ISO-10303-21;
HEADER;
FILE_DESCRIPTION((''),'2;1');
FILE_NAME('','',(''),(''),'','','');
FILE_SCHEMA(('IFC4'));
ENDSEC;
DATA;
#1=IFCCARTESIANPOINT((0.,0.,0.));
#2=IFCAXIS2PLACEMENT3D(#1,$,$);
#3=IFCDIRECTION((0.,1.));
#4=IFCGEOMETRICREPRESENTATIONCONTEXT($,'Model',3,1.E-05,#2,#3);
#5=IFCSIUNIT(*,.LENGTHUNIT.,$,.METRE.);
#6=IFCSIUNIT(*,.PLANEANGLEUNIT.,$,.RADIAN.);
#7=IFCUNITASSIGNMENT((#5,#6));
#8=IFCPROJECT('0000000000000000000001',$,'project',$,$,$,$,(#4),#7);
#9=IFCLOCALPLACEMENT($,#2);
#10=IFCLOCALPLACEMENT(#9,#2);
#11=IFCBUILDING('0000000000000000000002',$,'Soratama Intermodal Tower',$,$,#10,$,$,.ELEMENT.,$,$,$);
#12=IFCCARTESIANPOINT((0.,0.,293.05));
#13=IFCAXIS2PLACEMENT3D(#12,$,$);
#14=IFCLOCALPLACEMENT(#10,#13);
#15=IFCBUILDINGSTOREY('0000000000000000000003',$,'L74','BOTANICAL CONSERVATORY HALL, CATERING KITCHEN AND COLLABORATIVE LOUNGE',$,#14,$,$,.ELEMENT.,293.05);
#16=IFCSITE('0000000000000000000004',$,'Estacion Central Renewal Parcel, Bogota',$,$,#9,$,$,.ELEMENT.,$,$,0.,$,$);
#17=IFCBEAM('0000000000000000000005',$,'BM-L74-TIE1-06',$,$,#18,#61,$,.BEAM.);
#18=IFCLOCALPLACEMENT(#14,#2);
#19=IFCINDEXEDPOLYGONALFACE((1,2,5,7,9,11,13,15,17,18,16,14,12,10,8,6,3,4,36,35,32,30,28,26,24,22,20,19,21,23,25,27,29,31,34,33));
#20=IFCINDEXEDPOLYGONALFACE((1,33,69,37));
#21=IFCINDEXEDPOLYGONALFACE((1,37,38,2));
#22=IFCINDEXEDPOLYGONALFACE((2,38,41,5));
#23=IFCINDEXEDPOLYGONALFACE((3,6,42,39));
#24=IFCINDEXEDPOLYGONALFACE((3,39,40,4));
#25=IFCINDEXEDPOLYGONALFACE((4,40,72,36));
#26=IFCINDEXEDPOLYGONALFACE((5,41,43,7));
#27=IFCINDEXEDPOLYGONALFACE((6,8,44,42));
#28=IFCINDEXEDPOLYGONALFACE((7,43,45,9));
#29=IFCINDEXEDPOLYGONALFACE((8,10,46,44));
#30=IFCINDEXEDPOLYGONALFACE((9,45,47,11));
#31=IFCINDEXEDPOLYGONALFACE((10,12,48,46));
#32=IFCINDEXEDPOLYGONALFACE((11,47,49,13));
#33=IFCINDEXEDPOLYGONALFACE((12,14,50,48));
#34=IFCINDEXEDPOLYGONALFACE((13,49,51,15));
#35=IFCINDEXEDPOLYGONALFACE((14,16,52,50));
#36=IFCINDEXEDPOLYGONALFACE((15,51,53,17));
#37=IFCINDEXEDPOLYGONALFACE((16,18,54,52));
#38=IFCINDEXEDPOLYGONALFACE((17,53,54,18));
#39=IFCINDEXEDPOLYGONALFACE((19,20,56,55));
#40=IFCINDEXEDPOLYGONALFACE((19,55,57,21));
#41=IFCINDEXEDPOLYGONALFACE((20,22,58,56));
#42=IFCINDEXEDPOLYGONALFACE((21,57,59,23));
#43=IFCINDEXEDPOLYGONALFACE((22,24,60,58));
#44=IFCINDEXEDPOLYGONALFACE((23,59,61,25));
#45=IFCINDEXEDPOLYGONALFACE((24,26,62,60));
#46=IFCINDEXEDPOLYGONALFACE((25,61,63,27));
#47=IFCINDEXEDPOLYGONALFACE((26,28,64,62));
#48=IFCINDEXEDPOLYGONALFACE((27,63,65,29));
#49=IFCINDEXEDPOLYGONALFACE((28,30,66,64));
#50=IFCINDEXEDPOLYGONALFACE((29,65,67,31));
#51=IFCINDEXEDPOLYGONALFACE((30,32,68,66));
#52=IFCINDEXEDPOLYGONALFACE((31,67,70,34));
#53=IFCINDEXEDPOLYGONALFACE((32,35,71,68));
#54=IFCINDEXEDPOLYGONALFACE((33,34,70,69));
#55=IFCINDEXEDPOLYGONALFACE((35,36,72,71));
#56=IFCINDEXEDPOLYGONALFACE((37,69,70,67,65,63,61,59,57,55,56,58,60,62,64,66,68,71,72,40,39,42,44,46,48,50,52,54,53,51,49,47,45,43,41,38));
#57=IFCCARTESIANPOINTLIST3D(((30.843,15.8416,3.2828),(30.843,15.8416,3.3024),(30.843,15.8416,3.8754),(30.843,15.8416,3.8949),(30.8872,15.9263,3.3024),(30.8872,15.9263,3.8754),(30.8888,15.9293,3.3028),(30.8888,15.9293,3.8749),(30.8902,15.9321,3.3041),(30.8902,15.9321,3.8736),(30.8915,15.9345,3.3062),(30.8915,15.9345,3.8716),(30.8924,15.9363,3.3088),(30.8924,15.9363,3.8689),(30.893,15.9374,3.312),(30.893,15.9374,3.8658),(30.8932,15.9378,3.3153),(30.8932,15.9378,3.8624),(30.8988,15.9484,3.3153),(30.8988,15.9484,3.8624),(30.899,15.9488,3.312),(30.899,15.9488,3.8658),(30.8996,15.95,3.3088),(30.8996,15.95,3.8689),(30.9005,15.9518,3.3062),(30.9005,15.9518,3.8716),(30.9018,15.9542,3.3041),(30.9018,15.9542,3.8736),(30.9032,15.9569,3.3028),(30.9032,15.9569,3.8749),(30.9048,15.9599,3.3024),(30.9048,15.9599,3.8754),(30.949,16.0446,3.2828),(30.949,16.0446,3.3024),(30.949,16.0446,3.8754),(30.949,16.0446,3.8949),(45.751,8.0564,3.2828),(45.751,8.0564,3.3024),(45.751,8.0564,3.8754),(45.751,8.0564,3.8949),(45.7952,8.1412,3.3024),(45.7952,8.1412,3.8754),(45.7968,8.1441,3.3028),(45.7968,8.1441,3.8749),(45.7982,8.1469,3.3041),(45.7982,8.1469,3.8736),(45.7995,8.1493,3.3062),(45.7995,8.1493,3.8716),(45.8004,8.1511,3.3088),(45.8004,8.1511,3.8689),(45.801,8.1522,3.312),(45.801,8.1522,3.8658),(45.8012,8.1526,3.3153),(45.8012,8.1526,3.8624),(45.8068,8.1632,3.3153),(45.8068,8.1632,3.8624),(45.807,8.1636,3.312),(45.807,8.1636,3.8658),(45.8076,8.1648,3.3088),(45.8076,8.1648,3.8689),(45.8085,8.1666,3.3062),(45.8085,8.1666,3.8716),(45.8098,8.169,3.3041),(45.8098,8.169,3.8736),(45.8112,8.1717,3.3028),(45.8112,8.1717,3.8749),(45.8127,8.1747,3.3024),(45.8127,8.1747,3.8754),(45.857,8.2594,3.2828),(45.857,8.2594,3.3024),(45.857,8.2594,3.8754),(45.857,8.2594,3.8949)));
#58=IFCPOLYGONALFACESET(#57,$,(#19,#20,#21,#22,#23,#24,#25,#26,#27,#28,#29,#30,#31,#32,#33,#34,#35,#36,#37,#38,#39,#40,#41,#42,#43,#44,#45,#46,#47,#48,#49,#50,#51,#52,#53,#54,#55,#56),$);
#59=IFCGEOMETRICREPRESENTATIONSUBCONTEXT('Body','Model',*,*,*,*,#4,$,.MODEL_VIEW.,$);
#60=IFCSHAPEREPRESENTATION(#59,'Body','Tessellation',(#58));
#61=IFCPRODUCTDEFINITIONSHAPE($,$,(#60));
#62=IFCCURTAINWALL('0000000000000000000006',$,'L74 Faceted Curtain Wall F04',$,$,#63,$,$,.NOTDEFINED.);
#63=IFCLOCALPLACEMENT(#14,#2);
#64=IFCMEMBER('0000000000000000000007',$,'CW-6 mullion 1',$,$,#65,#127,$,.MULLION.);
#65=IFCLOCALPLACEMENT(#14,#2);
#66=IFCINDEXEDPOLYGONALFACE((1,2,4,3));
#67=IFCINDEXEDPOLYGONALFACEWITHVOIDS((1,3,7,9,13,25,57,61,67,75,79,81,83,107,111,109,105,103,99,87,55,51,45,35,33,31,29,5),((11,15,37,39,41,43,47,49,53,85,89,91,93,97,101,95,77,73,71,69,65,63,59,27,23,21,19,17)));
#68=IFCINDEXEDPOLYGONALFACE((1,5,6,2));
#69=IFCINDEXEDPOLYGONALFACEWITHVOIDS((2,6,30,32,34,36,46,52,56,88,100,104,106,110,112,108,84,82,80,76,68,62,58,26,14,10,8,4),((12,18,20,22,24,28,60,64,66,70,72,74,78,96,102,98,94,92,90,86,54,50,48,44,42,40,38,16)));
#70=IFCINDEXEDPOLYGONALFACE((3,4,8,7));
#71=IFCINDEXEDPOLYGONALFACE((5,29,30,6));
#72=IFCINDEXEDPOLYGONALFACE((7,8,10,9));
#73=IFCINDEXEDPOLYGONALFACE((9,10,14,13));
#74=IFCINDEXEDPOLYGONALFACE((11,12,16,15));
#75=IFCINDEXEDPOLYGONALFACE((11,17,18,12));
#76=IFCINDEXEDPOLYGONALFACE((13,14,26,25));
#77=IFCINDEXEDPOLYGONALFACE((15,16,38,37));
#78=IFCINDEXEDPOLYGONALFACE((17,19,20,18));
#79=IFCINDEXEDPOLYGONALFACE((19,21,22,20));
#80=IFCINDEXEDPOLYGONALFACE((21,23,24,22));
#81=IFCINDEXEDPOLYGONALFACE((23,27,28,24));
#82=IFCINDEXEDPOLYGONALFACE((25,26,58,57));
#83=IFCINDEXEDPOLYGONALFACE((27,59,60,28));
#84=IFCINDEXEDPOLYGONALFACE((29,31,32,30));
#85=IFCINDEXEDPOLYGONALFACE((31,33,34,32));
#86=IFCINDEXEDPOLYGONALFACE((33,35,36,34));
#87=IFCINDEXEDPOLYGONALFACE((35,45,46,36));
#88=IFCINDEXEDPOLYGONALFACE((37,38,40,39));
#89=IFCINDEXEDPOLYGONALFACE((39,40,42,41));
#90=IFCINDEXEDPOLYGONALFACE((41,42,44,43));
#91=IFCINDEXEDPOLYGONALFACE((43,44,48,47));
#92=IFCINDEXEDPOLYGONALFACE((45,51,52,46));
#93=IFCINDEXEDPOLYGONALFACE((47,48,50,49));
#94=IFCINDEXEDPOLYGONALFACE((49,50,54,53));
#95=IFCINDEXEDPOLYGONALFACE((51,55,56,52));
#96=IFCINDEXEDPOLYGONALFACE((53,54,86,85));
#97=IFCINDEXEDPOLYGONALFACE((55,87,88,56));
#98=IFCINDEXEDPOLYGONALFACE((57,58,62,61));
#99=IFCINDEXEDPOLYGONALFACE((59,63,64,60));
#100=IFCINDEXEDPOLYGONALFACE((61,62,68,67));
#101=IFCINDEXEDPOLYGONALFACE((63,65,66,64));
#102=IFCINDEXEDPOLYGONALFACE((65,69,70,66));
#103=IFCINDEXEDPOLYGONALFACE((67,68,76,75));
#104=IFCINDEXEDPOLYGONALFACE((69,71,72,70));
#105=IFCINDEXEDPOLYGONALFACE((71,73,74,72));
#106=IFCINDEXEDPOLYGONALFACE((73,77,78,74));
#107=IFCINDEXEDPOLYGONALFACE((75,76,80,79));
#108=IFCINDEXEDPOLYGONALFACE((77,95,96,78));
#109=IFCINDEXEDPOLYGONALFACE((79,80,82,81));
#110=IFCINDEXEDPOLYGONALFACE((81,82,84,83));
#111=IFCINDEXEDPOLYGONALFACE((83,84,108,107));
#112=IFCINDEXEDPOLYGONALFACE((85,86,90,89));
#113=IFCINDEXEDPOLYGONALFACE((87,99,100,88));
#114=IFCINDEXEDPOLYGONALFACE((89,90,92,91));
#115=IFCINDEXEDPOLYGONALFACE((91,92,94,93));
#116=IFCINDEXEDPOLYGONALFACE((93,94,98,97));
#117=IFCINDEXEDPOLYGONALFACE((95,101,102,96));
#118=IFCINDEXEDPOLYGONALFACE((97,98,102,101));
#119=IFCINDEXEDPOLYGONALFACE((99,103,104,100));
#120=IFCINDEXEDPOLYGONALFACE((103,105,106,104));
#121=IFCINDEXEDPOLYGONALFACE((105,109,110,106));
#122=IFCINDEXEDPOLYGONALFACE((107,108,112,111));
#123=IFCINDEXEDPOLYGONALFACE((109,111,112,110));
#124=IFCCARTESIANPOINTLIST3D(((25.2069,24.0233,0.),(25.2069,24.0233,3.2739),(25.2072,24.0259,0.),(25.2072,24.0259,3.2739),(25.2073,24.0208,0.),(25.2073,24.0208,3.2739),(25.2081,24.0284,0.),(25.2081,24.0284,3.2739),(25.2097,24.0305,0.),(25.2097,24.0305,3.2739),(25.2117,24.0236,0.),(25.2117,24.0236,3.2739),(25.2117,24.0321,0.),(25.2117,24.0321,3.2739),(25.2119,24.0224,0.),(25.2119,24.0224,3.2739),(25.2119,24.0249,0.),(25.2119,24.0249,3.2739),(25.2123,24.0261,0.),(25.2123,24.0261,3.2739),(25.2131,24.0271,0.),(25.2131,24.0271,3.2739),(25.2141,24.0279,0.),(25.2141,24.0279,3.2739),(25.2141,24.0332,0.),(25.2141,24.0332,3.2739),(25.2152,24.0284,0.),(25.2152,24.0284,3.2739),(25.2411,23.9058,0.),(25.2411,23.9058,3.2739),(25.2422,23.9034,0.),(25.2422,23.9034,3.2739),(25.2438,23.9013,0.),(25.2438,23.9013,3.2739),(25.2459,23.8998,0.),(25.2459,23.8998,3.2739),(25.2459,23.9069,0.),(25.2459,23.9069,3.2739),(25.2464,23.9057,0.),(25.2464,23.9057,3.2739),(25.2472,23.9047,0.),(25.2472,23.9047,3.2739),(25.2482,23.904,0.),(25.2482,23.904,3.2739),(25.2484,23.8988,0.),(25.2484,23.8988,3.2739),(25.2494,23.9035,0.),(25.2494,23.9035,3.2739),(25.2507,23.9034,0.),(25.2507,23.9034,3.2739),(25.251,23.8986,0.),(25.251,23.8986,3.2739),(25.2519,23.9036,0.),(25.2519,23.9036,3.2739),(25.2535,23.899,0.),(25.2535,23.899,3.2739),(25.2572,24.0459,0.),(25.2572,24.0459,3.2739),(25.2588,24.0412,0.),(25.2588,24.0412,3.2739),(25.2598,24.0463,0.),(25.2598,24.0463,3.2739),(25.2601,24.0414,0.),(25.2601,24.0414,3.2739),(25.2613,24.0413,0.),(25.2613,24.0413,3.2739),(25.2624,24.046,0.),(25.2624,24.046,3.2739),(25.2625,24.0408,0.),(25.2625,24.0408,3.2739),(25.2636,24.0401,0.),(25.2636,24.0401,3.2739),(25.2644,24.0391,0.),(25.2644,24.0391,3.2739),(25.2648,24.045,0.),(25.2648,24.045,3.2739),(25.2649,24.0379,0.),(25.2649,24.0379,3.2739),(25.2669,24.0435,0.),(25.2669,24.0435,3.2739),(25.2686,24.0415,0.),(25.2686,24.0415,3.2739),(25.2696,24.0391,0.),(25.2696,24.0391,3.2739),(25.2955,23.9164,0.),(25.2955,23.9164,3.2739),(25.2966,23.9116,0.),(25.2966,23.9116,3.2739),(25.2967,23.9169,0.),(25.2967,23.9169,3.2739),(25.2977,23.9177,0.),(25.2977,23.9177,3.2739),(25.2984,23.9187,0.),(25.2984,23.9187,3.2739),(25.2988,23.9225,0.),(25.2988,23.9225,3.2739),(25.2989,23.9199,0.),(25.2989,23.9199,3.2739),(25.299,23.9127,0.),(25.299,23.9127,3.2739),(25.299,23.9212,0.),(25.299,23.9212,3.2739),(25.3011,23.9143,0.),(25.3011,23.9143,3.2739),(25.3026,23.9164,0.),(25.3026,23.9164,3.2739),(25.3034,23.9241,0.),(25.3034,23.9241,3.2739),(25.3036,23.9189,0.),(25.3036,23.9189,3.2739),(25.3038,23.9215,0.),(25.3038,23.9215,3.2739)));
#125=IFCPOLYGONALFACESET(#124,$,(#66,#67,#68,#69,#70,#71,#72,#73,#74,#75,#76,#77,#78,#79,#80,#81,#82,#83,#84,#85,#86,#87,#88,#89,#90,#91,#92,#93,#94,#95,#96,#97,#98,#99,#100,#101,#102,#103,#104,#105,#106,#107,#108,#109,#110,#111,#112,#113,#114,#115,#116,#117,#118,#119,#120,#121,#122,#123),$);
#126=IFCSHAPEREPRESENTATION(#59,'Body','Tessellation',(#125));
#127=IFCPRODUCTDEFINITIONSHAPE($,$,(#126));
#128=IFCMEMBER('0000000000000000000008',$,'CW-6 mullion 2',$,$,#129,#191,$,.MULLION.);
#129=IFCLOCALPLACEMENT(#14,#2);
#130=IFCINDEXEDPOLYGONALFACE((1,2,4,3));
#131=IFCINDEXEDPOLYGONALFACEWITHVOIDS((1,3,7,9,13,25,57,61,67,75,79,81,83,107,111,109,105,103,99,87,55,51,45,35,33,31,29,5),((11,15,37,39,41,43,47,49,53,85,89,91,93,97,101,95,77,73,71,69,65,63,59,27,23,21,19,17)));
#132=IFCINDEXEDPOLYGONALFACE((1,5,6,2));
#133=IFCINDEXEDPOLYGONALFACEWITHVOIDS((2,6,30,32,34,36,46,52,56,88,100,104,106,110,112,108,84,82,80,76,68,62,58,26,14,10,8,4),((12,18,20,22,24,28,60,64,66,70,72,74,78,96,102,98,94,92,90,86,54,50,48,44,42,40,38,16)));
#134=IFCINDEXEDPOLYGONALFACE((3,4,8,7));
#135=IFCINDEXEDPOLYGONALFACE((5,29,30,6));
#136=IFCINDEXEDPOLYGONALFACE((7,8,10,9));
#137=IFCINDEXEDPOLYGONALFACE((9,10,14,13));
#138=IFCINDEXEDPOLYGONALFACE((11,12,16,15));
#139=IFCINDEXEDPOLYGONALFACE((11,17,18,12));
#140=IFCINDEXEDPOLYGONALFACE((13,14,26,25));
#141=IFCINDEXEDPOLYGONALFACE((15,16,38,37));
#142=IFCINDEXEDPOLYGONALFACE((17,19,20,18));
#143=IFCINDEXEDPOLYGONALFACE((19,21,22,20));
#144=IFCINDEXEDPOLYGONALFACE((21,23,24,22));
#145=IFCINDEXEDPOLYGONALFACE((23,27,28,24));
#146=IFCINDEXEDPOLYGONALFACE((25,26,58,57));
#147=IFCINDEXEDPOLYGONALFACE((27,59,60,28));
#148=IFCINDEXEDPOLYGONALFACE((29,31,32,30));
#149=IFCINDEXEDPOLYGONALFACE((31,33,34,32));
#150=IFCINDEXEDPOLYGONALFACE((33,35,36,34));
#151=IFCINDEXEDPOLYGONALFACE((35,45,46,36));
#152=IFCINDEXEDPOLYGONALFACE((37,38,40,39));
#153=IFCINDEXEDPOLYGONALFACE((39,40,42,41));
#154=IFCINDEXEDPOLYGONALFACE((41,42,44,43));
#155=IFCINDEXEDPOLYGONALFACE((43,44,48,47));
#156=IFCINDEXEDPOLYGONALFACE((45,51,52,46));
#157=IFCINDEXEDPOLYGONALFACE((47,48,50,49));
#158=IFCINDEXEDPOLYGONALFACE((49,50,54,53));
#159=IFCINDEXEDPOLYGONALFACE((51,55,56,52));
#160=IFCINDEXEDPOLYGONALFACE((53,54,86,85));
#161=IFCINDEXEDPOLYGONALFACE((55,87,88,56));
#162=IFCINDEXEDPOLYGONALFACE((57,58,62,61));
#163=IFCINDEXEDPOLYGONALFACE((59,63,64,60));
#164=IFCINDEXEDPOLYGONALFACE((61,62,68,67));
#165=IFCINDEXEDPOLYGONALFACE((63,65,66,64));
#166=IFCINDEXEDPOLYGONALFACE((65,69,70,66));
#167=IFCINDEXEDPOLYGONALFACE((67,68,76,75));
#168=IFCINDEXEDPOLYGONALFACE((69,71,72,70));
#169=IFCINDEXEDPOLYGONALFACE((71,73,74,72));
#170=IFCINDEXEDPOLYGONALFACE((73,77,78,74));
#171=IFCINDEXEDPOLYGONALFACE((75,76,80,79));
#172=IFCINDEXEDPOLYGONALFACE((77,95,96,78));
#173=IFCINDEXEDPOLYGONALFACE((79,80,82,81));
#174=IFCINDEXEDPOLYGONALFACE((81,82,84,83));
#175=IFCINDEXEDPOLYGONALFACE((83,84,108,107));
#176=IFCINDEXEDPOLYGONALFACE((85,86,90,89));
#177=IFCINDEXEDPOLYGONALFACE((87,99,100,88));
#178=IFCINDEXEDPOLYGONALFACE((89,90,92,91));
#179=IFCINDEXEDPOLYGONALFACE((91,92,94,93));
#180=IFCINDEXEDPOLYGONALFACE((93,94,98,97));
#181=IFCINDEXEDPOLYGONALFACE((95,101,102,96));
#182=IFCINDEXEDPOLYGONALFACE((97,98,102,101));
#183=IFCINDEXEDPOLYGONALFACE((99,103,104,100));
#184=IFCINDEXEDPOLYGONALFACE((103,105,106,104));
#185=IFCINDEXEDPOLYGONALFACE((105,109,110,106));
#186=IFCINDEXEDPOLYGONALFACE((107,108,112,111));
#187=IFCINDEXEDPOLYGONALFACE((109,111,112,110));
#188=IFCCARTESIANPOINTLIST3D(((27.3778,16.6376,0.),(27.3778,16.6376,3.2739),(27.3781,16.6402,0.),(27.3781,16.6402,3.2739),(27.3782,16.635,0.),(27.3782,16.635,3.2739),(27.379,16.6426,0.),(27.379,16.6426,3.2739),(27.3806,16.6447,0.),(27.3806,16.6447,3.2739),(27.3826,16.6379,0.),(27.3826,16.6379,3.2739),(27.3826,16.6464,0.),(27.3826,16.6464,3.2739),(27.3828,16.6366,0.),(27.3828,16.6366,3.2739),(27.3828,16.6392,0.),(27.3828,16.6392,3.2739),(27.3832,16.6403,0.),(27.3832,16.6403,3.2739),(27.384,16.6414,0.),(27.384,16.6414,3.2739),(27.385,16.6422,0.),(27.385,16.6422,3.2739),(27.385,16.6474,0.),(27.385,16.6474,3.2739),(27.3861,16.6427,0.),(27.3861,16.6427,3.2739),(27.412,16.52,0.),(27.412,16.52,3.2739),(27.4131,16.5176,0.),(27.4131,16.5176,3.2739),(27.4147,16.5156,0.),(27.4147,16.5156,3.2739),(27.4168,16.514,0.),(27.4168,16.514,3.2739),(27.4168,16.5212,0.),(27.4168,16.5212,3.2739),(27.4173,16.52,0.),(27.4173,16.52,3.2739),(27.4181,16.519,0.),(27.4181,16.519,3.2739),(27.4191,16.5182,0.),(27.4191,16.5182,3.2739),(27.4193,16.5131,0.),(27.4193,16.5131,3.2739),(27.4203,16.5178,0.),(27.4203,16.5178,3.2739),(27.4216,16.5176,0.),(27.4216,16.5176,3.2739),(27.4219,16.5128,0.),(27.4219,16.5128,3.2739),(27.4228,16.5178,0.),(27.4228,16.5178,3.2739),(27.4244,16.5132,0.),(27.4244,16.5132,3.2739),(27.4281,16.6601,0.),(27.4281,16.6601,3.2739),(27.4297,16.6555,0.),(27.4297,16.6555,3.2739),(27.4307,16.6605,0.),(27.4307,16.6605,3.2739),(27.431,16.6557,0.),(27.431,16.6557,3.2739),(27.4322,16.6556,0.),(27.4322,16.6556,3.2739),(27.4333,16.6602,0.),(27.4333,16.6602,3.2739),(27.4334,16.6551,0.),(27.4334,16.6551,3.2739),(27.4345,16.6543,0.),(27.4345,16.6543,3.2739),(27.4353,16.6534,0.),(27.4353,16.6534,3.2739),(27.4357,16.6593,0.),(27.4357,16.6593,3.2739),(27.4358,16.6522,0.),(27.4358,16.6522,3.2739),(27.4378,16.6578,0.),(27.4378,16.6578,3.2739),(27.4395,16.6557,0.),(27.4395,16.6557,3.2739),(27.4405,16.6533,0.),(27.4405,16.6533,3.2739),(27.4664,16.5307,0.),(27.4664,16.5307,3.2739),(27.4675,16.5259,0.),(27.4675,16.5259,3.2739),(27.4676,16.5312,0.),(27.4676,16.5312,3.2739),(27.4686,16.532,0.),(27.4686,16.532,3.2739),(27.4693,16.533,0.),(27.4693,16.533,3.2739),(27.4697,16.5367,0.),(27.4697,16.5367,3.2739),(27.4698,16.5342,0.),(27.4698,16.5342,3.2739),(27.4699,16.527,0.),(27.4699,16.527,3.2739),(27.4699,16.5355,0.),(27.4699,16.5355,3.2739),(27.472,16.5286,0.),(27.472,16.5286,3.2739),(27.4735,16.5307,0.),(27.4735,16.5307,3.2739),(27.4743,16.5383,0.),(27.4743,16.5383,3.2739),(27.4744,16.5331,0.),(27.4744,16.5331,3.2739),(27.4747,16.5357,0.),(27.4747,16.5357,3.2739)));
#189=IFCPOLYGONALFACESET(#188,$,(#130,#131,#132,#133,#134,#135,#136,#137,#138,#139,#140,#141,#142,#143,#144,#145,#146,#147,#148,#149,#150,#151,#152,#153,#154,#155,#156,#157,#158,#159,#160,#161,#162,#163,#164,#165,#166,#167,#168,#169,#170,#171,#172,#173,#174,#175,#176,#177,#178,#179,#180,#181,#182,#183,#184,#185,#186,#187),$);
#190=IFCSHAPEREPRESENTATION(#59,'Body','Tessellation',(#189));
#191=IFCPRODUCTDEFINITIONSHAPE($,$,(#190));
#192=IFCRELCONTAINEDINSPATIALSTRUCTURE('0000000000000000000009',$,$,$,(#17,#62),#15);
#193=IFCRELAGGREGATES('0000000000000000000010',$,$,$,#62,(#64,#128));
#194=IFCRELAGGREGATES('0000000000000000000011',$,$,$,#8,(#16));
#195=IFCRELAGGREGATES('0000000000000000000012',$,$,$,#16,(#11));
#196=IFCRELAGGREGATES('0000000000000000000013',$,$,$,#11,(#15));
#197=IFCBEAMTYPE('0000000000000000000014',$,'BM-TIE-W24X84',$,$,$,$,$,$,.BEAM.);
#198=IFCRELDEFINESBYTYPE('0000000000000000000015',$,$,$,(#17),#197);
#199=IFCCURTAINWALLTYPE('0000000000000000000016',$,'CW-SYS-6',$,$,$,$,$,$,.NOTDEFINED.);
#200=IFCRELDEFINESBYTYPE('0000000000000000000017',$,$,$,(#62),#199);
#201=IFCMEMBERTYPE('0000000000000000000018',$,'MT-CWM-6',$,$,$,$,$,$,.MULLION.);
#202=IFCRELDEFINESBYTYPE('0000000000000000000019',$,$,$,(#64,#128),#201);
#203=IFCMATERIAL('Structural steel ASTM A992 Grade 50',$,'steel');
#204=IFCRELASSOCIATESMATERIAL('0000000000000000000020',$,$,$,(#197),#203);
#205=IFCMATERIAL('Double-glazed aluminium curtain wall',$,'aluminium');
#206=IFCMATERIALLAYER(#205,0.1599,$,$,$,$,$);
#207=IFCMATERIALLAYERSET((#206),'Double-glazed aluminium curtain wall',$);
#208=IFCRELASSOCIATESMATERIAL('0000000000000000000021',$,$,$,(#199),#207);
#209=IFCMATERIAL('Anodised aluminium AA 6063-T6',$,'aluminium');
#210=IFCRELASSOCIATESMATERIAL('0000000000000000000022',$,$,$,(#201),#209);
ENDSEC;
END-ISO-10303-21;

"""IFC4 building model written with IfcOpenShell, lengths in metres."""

from ifc_helpers import new_model, si_unit, direction, frame, origin, origin_2d, place, context, subcontext, project, spatial, hollow_rectangle, i_section, extrude, material, layer, layer_set, material_profile, profile_set, type_object, element, aggregate, save


model = new_model("IFC4")

# Units and contexts
model_context = context("Model", 3, precision=1e-05, world=origin(), true_north=direction((0.0, 1.0)))
body_context = subcontext(model_context, "Body", "Model", "MODEL_VIEW")
ifc_project = project(units=[si_unit("LENGTHUNIT", "METRE"), si_unit("PLANEANGLEUNIT", "RADIAN")], contexts=[model_context])

# Site, building, storey
site_placement = place(None, origin())
site = spatial("IfcSite", under=ifc_project, at=site_placement, Name="Estacion Central Renewal Parcel, Bogota", CompositionType="ELEMENT", RefElevation=0.0)
building_placement = place(site_placement, origin())
building = spatial("IfcBuilding", under=site, at=building_placement, Name="Soratama Intermodal Tower", CompositionType="ELEMENT")
storey_placement = place(building_placement, frame((0.0, 0.0, 293.05)))
storey = spatial("IfcBuildingStorey", under=building, at=storey_placement, Name="L74", Description="BOTANICAL CONSERVATORY HALL, CATERING KITCHEN AND COLLABORATIVE LOUNGE", CompositionType="ELEMENT", Elevation=293.05)

# Beam
ifc_material_1 = material(Name="Structural steel ASTM A992 Grade 50", Category="steel")
ifc_material_profile_1 = material_profile(ifc_material_1, i_section(OverallWidth=0.229, OverallDepth=0.6121, WebThickness=0.012, FlangeThickness=0.0195, FilletRadius=0.0129, at=origin_2d()), Name="W24X84")
ifc_profile_set_1 = profile_set([ifc_material_profile_1], Name="Structural steel ASTM A992 Grade 50")
beam_type_1 = type_object("IfcBeamType", Name="BM-TIE-W24X84", PredefinedType="BEAM", material=ifc_profile_set_1)
beam_1_placement = place(storey_placement, frame((30.896, 15.9431, 3.5889), z_axis=(0.886412, -0.462897, 0.0), x_axis=(0.462897, 0.886412, 0.0)))
element("IfcBeam", 1, at=beam_1_placement, inside=storey, type_object=beam_type_1, Name="BM-L74-TIE1-06", PredefinedType="BEAM", context=body_context, shape_type="SweptSolid", body=[
    extrude(i_section(OverallWidth=0.229, OverallDepth=0.6121, WebThickness=0.012, FlangeThickness=0.0195, FilletRadius=0.0129, at=origin_2d()), origin(), (0.0, 0.0, 1.0), 16.8184),
])

# Curtain wall, members
ifc_material_2 = material(Name="Double-glazed aluminium curtain wall", Category="aluminium")
ifc_layer_1 = layer(ifc_material_2, 0.1599)
ifc_layer_set_1 = layer_set([ifc_layer_1], Name="Double-glazed aluminium curtain wall")
curtain_wall_type = type_object("IfcCurtainWallType", Name="CW-SYS-6", PredefinedType="NOTDEFINED", material=ifc_layer_set_1)
curtain_wall_1_placement = place(storey_placement, origin())
curtain_wall_1 = element("IfcCurtainWall", 2, at=curtain_wall_1_placement, inside=storey, type_object=curtain_wall_type, Name="L74 Faceted Curtain Wall F04", PredefinedType="NOTDEFINED")
ifc_material_3 = material(Name="Anodised aluminium AA 6063-T6", Category="aluminium")
ifc_material_profile_2 = material_profile(ifc_material_3, hollow_rectangle(XDim=0.0649, YDim=0.1399, WallThickness=0.0049, InnerFilletRadius=0.0049, OuterFilletRadius=0.01, at=origin_2d()), Name="CWM140X65X5")
ifc_profile_set_2 = profile_set([ifc_material_profile_2], Name="Anodised aluminium AA 6063-T6")
member_type_1 = type_object("IfcMemberType", Name="MT-CWM-6", PredefinedType="MULLION", material=ifc_profile_set_2)
member_1_placement = place(storey_placement, frame((25.2554, 23.9724, 0.0), z_axis=(0.0, 0.0, 1.0), x_axis=(0.959414, 0.282003, 0.0)))
member_1 = element("IfcMember", 3, at=member_1_placement, type_object=member_type_1, Name="CW-6 mullion 1", PredefinedType="MULLION", context=body_context, shape_type="SweptSolid", body=[
    extrude(hollow_rectangle(XDim=0.0649, YDim=0.1399, WallThickness=0.0049, InnerFilletRadius=0.0049, OuterFilletRadius=0.01, at=origin_2d()), origin(), (0.0, 0.0, 1.0), 3.2739),
])
member_2_placement = place(storey_placement, frame((27.4263, 16.5867, 0.0), z_axis=(0.0, 0.0, 1.0), x_axis=(0.959414, 0.282003, 0.0)))
member_2 = element("IfcMember", 4, at=member_2_placement, type_object=member_type_1, Name="CW-6 mullion 2", PredefinedType="MULLION", context=body_context, shape_type="SweptSolid", body=[
    extrude(hollow_rectangle(XDim=0.0649, YDim=0.1399, WallThickness=0.0049, InnerFilletRadius=0.0049, OuterFilletRadius=0.01, at=origin_2d()), origin(), (0.0, 0.0, 1.0), 3.2739),
])

aggregate(curtain_wall_1, [member_1, member_2])

save(model, "model.ifc")
